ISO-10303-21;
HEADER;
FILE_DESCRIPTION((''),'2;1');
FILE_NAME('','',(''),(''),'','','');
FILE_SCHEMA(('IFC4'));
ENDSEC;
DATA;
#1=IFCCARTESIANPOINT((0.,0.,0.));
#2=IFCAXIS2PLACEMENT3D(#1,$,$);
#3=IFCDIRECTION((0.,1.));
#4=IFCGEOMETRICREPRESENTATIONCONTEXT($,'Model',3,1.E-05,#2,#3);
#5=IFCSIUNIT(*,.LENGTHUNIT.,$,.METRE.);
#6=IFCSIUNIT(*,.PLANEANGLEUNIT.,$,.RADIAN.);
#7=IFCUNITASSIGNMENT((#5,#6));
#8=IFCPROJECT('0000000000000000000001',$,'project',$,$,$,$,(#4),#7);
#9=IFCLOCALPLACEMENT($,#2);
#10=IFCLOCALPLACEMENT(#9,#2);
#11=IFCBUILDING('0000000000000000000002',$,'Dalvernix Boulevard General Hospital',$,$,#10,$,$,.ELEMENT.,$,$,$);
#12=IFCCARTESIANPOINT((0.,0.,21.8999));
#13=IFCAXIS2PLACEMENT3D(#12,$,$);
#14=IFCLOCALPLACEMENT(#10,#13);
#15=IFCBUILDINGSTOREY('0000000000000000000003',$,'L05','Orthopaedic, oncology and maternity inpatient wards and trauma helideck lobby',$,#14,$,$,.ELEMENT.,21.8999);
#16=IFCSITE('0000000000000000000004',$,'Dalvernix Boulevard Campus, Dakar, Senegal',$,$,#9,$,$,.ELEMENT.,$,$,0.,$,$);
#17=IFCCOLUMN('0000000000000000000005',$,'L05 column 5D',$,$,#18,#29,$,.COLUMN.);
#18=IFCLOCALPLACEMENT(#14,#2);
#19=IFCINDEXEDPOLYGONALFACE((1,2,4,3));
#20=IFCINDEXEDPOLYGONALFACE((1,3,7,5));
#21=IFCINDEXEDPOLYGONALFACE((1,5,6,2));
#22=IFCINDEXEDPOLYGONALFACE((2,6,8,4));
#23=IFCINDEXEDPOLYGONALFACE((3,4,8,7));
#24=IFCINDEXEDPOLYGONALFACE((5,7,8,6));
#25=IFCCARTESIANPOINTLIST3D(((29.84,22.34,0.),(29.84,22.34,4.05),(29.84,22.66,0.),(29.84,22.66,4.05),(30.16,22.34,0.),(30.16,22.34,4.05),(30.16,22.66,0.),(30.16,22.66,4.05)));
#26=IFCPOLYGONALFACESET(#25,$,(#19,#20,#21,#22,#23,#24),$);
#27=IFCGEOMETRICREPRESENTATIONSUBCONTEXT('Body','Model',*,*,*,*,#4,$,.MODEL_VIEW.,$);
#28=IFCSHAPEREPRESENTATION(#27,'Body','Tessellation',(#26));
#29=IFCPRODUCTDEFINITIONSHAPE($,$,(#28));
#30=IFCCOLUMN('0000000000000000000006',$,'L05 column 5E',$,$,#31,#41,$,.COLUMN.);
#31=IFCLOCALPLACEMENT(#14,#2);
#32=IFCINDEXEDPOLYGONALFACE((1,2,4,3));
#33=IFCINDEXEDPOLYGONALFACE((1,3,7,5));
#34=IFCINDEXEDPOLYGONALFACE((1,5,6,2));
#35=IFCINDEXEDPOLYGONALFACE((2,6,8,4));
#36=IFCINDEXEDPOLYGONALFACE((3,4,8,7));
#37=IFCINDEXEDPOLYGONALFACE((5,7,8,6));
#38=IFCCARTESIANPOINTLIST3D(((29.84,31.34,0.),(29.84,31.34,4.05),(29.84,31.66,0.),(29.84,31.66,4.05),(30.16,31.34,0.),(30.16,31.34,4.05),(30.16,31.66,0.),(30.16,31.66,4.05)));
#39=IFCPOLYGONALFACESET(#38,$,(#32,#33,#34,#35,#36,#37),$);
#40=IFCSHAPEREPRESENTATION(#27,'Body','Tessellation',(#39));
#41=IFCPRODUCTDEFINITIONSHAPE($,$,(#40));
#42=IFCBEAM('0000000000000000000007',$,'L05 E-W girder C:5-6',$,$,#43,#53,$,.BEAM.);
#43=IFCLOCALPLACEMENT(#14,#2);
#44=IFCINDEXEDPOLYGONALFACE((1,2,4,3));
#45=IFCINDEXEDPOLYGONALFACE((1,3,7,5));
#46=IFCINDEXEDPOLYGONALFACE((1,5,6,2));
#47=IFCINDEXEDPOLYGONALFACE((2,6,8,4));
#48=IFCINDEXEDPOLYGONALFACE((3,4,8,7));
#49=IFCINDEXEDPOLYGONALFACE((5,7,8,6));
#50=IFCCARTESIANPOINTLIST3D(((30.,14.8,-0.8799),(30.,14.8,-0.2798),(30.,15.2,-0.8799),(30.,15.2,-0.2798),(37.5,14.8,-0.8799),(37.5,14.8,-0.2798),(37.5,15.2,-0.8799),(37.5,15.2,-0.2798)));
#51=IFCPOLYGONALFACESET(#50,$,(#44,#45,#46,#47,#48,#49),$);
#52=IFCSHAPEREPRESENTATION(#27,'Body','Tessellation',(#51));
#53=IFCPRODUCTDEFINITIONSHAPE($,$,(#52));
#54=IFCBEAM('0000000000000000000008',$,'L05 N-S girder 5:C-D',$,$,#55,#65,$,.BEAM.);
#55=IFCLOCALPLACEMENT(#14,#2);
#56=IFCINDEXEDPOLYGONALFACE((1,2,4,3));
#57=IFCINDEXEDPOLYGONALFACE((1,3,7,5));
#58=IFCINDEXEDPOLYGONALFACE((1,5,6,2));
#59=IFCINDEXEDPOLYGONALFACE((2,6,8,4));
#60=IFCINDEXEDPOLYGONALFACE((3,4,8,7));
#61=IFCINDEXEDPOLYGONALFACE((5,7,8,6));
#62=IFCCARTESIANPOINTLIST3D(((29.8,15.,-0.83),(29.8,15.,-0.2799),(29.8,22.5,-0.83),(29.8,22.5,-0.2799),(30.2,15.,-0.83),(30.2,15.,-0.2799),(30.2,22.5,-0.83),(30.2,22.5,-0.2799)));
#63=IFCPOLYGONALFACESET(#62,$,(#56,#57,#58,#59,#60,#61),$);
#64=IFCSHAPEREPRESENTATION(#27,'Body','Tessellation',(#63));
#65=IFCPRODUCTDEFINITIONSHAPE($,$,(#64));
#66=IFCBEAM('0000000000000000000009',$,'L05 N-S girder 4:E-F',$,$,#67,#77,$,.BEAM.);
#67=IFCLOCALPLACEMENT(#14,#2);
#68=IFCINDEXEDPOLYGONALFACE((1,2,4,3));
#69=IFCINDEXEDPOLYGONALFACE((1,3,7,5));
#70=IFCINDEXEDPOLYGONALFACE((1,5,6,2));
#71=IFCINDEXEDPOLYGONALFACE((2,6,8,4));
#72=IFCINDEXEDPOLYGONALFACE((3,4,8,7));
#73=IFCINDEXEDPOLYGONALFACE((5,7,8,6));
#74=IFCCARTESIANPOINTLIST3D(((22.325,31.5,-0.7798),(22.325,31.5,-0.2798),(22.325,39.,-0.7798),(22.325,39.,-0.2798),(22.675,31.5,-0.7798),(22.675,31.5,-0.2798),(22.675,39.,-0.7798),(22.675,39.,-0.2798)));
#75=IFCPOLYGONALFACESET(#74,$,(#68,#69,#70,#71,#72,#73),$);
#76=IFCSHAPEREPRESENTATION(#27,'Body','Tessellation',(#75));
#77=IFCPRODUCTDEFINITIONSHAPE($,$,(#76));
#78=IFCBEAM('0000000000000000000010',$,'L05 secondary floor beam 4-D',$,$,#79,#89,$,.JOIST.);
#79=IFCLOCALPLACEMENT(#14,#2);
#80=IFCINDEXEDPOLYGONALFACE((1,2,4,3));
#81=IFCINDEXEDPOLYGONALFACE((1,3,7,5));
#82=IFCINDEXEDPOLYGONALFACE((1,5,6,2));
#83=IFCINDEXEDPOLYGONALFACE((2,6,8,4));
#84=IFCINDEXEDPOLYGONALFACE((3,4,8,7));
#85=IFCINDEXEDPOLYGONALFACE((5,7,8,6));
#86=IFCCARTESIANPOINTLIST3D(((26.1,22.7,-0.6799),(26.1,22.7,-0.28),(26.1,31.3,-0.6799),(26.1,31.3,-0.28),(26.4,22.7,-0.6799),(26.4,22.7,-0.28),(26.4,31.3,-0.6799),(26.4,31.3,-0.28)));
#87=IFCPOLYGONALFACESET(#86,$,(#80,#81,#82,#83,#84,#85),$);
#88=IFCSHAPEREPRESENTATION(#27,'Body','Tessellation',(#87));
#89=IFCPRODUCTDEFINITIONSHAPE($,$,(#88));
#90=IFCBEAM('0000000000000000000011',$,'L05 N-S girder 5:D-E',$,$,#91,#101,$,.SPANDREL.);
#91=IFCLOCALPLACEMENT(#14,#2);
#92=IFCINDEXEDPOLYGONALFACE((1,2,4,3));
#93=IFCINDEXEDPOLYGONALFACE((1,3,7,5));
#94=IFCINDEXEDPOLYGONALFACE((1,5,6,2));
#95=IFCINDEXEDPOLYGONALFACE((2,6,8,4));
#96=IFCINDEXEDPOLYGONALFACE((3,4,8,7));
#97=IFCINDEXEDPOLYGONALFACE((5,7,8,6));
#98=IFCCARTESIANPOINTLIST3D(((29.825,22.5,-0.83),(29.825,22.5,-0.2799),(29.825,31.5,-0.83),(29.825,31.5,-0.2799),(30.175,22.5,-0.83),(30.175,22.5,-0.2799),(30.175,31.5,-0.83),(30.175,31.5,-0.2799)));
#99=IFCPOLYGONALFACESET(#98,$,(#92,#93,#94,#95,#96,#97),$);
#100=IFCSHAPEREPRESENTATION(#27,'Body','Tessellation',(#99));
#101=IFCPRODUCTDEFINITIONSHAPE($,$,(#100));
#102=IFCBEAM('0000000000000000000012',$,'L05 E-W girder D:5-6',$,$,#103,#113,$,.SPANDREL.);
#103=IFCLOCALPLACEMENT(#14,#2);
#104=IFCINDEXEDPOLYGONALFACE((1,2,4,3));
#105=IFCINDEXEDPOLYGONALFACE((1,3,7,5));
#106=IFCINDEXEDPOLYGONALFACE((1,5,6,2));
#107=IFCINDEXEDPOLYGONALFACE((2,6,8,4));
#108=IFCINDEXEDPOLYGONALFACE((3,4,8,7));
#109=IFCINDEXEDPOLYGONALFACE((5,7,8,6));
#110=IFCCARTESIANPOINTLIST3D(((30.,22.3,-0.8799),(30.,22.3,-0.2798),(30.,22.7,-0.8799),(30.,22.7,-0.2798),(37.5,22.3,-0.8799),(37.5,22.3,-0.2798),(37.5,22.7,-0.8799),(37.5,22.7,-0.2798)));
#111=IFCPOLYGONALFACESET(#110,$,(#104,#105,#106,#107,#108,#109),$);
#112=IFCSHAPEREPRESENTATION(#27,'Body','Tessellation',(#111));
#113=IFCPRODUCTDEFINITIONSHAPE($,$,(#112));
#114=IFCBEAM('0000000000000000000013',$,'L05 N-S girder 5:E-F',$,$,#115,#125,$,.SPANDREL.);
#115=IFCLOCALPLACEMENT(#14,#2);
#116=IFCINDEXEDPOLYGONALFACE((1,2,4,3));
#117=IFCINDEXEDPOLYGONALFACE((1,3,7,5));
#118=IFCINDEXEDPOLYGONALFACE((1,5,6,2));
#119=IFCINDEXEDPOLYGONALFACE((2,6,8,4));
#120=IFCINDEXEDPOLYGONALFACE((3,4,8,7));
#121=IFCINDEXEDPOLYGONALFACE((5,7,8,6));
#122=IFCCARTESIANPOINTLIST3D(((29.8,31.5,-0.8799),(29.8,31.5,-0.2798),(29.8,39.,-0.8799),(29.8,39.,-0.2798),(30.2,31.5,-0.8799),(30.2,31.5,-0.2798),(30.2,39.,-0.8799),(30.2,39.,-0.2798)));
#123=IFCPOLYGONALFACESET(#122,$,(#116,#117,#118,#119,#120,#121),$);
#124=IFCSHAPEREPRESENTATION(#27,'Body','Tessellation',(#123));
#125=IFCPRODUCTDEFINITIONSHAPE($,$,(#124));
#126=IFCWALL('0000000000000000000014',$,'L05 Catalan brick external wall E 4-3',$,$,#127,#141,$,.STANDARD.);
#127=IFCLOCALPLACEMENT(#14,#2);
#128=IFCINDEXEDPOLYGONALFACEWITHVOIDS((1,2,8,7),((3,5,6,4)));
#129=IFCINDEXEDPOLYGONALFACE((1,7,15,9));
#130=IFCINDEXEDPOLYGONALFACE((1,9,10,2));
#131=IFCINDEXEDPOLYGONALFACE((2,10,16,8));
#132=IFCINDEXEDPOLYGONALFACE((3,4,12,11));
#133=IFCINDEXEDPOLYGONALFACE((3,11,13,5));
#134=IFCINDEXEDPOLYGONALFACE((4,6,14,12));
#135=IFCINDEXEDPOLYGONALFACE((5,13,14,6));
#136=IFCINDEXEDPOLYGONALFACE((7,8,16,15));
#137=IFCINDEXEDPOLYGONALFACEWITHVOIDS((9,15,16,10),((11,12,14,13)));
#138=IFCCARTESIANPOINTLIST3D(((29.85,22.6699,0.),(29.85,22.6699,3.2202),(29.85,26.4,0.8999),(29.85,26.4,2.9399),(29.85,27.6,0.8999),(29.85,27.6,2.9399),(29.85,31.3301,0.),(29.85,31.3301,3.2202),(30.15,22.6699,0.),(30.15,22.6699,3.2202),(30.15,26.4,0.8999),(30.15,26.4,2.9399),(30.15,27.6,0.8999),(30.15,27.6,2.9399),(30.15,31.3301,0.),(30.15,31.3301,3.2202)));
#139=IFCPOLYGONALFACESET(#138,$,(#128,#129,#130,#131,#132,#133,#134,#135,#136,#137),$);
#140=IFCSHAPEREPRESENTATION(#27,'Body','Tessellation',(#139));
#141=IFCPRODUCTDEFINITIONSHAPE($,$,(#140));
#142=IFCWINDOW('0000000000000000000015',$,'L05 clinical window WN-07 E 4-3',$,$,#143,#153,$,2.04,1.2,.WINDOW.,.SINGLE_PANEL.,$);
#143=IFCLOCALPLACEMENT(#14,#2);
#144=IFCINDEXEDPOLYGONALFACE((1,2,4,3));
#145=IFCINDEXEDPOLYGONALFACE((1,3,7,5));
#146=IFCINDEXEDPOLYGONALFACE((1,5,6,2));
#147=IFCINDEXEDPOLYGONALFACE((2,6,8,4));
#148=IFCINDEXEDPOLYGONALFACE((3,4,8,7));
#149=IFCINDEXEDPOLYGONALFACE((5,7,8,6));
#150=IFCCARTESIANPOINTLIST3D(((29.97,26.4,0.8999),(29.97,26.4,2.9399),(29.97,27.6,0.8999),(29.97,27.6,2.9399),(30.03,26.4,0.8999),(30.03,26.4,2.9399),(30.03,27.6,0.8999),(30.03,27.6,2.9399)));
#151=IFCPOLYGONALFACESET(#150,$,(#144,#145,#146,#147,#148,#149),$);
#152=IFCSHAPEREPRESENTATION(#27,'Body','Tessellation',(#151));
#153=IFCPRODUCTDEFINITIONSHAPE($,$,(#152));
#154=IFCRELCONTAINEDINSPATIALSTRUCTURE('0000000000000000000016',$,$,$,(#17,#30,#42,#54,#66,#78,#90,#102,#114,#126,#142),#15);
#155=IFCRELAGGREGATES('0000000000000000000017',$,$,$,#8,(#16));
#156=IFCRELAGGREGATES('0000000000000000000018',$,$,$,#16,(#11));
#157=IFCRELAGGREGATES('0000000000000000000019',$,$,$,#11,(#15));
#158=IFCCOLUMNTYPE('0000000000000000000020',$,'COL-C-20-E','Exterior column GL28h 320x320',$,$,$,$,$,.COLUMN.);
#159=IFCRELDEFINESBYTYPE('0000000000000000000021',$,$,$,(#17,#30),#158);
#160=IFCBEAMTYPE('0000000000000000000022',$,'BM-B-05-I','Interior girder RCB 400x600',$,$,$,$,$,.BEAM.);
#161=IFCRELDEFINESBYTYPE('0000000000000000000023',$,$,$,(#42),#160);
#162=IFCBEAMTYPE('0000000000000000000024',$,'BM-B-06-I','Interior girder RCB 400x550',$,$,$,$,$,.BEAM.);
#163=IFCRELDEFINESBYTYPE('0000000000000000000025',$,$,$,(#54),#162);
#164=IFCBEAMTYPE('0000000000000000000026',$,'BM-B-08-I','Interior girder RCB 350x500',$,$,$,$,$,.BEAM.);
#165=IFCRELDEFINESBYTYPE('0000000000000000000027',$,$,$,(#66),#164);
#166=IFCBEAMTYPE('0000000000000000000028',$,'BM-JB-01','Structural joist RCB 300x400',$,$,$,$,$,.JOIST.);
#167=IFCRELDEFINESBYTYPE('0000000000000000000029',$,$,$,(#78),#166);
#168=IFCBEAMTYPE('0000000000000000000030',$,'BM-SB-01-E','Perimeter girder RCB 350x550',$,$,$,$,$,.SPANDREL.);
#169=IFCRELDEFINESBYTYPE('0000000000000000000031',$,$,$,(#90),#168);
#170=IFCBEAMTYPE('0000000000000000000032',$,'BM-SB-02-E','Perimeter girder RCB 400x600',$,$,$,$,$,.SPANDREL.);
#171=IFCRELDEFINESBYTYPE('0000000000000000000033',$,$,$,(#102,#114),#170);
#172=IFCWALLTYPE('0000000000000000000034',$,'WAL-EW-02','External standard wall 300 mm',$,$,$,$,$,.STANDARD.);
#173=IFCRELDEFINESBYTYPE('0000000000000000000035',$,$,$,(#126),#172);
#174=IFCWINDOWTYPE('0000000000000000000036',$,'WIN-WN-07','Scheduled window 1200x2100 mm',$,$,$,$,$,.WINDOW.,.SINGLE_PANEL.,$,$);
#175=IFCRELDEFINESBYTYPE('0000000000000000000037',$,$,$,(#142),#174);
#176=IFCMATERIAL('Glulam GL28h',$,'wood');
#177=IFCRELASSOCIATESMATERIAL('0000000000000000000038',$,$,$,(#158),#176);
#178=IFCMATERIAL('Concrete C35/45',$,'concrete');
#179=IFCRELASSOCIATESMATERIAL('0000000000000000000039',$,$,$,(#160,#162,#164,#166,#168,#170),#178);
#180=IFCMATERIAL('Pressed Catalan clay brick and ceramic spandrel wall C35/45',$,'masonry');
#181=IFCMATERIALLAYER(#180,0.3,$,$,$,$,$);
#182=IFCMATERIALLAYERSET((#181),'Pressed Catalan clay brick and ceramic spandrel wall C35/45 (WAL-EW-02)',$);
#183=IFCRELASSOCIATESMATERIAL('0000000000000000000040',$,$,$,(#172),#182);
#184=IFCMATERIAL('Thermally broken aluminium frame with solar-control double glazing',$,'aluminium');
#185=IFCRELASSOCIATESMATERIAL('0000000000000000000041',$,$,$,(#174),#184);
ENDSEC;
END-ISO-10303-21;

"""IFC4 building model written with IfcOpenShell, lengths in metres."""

from ifc_helpers import new_model, si_unit, direction, frame, frame_2d, origin, origin_2d, place, context, subcontext, project, spatial, rectangle, extrude, material, layer, layer_set, material_profile, profile_set, type_object, element, fill, save


model = new_model("IFC4")

# Units and contexts
model_context = context("Model", 3, precision=1e-05, world=origin(), true_north=direction((0.0, 1.0)))
body_context = subcontext(model_context, "Body", "Model", "MODEL_VIEW")
ifc_project = project(units=[si_unit("LENGTHUNIT", "METRE"), si_unit("PLANEANGLEUNIT", "RADIAN")], contexts=[model_context])

# Site, building, storey
site_placement = place(None, origin())
site = spatial("IfcSite", under=ifc_project, at=site_placement, Name="Dalvernix Boulevard Campus, Dakar, Senegal", CompositionType="ELEMENT", RefElevation=0.0)
building_placement = place(site_placement, origin())
building = spatial("IfcBuilding", under=site, at=building_placement, Name="Dalvernix Boulevard General Hospital", CompositionType="ELEMENT")
storey_placement = place(building_placement, frame((0.0, 0.0, 21.8999)))
storey = spatial("IfcBuildingStorey", under=building, at=storey_placement, Name="L05", Description="Orthopaedic, oncology and maternity inpatient wards and trauma helideck lobby", CompositionType="ELEMENT", Elevation=21.8999)

# Columns
ifc_material_1 = material(Name="Glulam GL28h", Category="wood")
ifc_material_profile_1 = material_profile(ifc_material_1, rectangle(XDim=0.3201, YDim=0.3201, at=origin_2d()), Name="GL28h 320x320")
ifc_profile_set_1 = profile_set([ifc_material_profile_1], Name="Glulam GL28h")
column_type = type_object("IfcColumnType", Name="COL-C-20-E", Description="Exterior column GL28h 320x320", PredefinedType="COLUMN", material=ifc_profile_set_1)
for number, where, z_axis, x_axis, name in (
    (1, (30.0, 22.5, 0.0), (0.0, 0.0, 1.0), (1.0, 0.0, 0.0), "L05 column 5D"),
    (2, (30.0, 31.5, 0.0), (0.0, 0.0, 1.0), (1.0, 0.0, 0.0), "L05 column 5E"),
):
    element("IfcColumn", number, at=place(storey_placement, frame(where, z_axis=z_axis, x_axis=x_axis)), inside=storey, type_object=column_type, Name=name, PredefinedType="COLUMN", context=body_context, shape_type="SweptSolid", body=[
        extrude(rectangle(XDim=0.3201, YDim=0.3201, at=origin_2d()), origin(), (0.0, 0.0, 1.0), 4.05),
    ])

# Beams
ifc_material_2 = material(Name="Concrete C35/45", Category="concrete")
ifc_material_profile_2 = material_profile(ifc_material_2, rectangle(XDim=0.3999, YDim=0.6001, at=origin_2d()), Name="RCB 400x600")
ifc_profile_set_2 = profile_set([ifc_material_profile_2], Name="Concrete C35/45")
beam_type_1 = type_object("IfcBeamType", Name="BM-B-05-I", Description="Interior girder RCB 400x600", PredefinedType="BEAM", material=ifc_profile_set_2)
beam_1_placement = place(storey_placement, frame((30.0, 15.0, -0.5798), z_axis=(1.0, 0.0, 0.0), x_axis=(0.0, 1.0, 0.0)))
element("IfcBeam", 3, at=beam_1_placement, inside=storey, type_object=beam_type_1, Name="L05 E-W girder C:5-6", PredefinedType="BEAM", context=body_context, shape_type="SweptSolid", body=[
    extrude(rectangle(XDim=0.3999, YDim=0.6001, at=origin_2d()), origin(), (0.0, 0.0, 1.0), 7.5),
])
ifc_material_profile_3 = material_profile(ifc_material_2, rectangle(XDim=0.3999, YDim=0.55, at=origin_2d()), Name="RCB 400x550")
ifc_profile_set_3 = profile_set([ifc_material_profile_3], Name="Concrete C35/45")
beam_type_2 = type_object("IfcBeamType", Name="BM-B-06-I", Description="Interior girder RCB 400x550", PredefinedType="BEAM", material=ifc_profile_set_3)
beam_2_placement = place(storey_placement, frame((30.0, 15.0, -0.5549), z_axis=(0.0, 1.0, 0.0), x_axis=(-1.0, 0.0, 0.0)))
element("IfcBeam", 4, at=beam_2_placement, inside=storey, type_object=beam_type_2, Name="L05 N-S girder 5:C-D", PredefinedType="BEAM", context=body_context, shape_type="SweptSolid", body=[
    extrude(rectangle(XDim=0.3999, YDim=0.55, at=origin_2d()), origin(), (0.0, 0.0, 1.0), 7.5),
])
ifc_material_profile_4 = material_profile(ifc_material_2, rectangle(XDim=0.3501, YDim=0.5, at=origin_2d()), Name="RCB 350x500")
ifc_profile_set_4 = profile_set([ifc_material_profile_4], Name="Concrete C35/45")
beam_type_3 = type_object("IfcBeamType", Name="BM-B-08-I", Description="Interior girder RCB 350x500", PredefinedType="BEAM", material=ifc_profile_set_4)
beam_3_placement = place(storey_placement, frame((22.5, 31.5, -0.5298), z_axis=(0.0, 1.0, 0.0), x_axis=(-1.0, 0.0, 0.0)))
element("IfcBeam", 5, at=beam_3_placement, inside=storey, type_object=beam_type_3, Name="L05 N-S girder 4:E-F", PredefinedType="BEAM", context=body_context, shape_type="SweptSolid", body=[
    extrude(rectangle(XDim=0.3501, YDim=0.5, at=origin_2d()), origin(), (0.0, 0.0, 1.0), 7.5),
])
ifc_material_profile_5 = material_profile(ifc_material_2, rectangle(XDim=0.3, YDim=0.3999, at=origin_2d()), Name="RCB 300x400")
ifc_profile_set_5 = profile_set([ifc_material_profile_5], Name="Concrete C35/45")
beam_type_4 = type_object("IfcBeamType", Name="BM-JB-01", Description="Structural joist RCB 300x400", PredefinedType="JOIST", material=ifc_profile_set_5)
beam_4_placement = place(storey_placement, frame((26.25, 22.7, -0.48), z_axis=(0.0, 1.0, 0.0), x_axis=(-1.0, 0.0, 0.0)))
element("IfcBeam", 6, at=beam_4_placement, inside=storey, type_object=beam_type_4, Name="L05 secondary floor beam 4-D", PredefinedType="JOIST", context=body_context, shape_type="SweptSolid", body=[
    extrude(rectangle(XDim=0.3, YDim=0.3999, at=origin_2d()), origin(), (0.0, 0.0, 1.0), 8.6001),
])
ifc_material_profile_6 = material_profile(ifc_material_2, rectangle(XDim=0.3501, YDim=0.55, at=origin_2d()), Name="RCB 350x550")
ifc_profile_set_6 = profile_set([ifc_material_profile_6], Name="Concrete C35/45")
beam_type_5 = type_object("IfcBeamType", Name="BM-SB-01-E", Description="Perimeter girder RCB 350x550", PredefinedType="SPANDREL", material=ifc_profile_set_6)
beam_5_placement = place(storey_placement, frame((30.0, 22.5, -0.5549), z_axis=(0.0, 1.0, 0.0), x_axis=(-1.0, 0.0, 0.0)))
element("IfcBeam", 7, at=beam_5_placement, inside=storey, type_object=beam_type_5, Name="L05 N-S girder 5:D-E", PredefinedType="SPANDREL", context=body_context, shape_type="SweptSolid", body=[
    extrude(rectangle(XDim=0.3501, YDim=0.55, at=origin_2d()), origin(), (0.0, 0.0, 1.0), 9.0),
])
ifc_material_profile_7 = material_profile(ifc_material_2, rectangle(XDim=0.3999, YDim=0.6001, at=origin_2d()), Name="RCB 400x600")
ifc_profile_set_7 = profile_set([ifc_material_profile_7], Name="Concrete C35/45")
beam_type_6 = type_object("IfcBeamType", Name="BM-SB-02-E", Description="Perimeter girder RCB 400x600", PredefinedType="SPANDREL", material=ifc_profile_set_7)
for number, where, z_axis, x_axis, name in (
    (8, (30.0, 22.5, -0.5798), (1.0, 0.0, 0.0), (0.0, 1.0, 0.0), "L05 E-W girder D:5-6"),
    (9, (30.0, 31.5, -0.5798), (0.0, 1.0, 0.0), (-1.0, 0.0, 0.0), "L05 N-S girder 5:E-F"),
):
    element("IfcBeam", number, at=place(storey_placement, frame(where, z_axis=z_axis, x_axis=x_axis)), inside=storey, type_object=beam_type_6, Name=name, PredefinedType="SPANDREL", context=body_context, shape_type="SweptSolid", body=[
        extrude(rectangle(XDim=0.3999, YDim=0.6001, at=origin_2d()), origin(), (0.0, 0.0, 1.0), 7.5),
    ])

# Wall, opening, window
ifc_material_3 = material(Name="Pressed Catalan clay brick and ceramic spandrel wall C35/45", Category="masonry")
ifc_layer_1 = layer(ifc_material_3, 0.3)
ifc_layer_set_1 = layer_set([ifc_layer_1], Name="Pressed Catalan clay brick and ceramic spandrel wall C35/45 (WAL-EW-02)")
wall_type_1 = type_object("IfcWallType", Name="WAL-EW-02", Description="External standard wall 300 mm", PredefinedType="STANDARD", material=ifc_layer_set_1)
wall_1_placement = place(storey_placement, frame((30.0, 31.3301, 0.0), z_axis=(0.0, 0.0, 1.0), x_axis=(0.0, -1.0, 0.0)))
wall_1 = element("IfcWall", 10, at=wall_1_placement, inside=storey, type_object=wall_type_1, Name="L05 Catalan brick external wall E 4-3", PredefinedType="STANDARD", context=body_context, shape_type="SweptSolid", body=[
    extrude(rectangle(XDim=8.6602, YDim=0.3, at=frame_2d((4.3301, 0.0))), origin(), (0.0, 0.0, 1.0), 3.2202),
])
opening_1_placement = place(wall_1_placement, frame((3.73, 0.0, 0.8999)))
opening_1 = element("IfcOpeningElement", 11, at=opening_1_placement, cuts=wall_1, PredefinedType="OPENING", context=body_context, shape_type="SweptSolid", body=[
    extrude(rectangle(XDim=1.2, YDim=2.04, at=frame_2d((0.6001, 1.02))), frame((0.0, 0.1599, 0.0), z_axis=(0.0, -1.0, 0.0), x_axis=(1.0, 0.0, 0.0)), (0.0, 0.0, 1.0), 0.3201),
])
ifc_material_4 = material(Name="Thermally broken aluminium frame with solar-control double glazing", Category="aluminium")
window_type = type_object("IfcWindowType", Name="WIN-WN-07", Description="Scheduled window 1200x2100 mm", PartitioningType="SINGLE_PANEL", PredefinedType="WINDOW", material=ifc_material_4)
window_1_placement = place(opening_1_placement, origin())
window_1 = element("IfcWindow", 12, at=window_1_placement, inside=storey, type_object=window_type, Name="L05 clinical window WN-07 E 4-3", OverallHeight=2.04, OverallWidth=1.2, PartitioningType="SINGLE_PANEL", PredefinedType="WINDOW", context=body_context, shape_type="SweptSolid", body=[
    extrude(rectangle(XDim=1.2, YDim=2.04, at=frame_2d((0.6001, 1.02))), frame((0.0, 0.03, 0.0), z_axis=(0.0, -1.0, 0.0), x_axis=(1.0, 0.0, 0.0)), (0.0, 0.0, 1.0), 0.0601),
])
fill(opening_1, window_1)

save(model, "model.ifc")
